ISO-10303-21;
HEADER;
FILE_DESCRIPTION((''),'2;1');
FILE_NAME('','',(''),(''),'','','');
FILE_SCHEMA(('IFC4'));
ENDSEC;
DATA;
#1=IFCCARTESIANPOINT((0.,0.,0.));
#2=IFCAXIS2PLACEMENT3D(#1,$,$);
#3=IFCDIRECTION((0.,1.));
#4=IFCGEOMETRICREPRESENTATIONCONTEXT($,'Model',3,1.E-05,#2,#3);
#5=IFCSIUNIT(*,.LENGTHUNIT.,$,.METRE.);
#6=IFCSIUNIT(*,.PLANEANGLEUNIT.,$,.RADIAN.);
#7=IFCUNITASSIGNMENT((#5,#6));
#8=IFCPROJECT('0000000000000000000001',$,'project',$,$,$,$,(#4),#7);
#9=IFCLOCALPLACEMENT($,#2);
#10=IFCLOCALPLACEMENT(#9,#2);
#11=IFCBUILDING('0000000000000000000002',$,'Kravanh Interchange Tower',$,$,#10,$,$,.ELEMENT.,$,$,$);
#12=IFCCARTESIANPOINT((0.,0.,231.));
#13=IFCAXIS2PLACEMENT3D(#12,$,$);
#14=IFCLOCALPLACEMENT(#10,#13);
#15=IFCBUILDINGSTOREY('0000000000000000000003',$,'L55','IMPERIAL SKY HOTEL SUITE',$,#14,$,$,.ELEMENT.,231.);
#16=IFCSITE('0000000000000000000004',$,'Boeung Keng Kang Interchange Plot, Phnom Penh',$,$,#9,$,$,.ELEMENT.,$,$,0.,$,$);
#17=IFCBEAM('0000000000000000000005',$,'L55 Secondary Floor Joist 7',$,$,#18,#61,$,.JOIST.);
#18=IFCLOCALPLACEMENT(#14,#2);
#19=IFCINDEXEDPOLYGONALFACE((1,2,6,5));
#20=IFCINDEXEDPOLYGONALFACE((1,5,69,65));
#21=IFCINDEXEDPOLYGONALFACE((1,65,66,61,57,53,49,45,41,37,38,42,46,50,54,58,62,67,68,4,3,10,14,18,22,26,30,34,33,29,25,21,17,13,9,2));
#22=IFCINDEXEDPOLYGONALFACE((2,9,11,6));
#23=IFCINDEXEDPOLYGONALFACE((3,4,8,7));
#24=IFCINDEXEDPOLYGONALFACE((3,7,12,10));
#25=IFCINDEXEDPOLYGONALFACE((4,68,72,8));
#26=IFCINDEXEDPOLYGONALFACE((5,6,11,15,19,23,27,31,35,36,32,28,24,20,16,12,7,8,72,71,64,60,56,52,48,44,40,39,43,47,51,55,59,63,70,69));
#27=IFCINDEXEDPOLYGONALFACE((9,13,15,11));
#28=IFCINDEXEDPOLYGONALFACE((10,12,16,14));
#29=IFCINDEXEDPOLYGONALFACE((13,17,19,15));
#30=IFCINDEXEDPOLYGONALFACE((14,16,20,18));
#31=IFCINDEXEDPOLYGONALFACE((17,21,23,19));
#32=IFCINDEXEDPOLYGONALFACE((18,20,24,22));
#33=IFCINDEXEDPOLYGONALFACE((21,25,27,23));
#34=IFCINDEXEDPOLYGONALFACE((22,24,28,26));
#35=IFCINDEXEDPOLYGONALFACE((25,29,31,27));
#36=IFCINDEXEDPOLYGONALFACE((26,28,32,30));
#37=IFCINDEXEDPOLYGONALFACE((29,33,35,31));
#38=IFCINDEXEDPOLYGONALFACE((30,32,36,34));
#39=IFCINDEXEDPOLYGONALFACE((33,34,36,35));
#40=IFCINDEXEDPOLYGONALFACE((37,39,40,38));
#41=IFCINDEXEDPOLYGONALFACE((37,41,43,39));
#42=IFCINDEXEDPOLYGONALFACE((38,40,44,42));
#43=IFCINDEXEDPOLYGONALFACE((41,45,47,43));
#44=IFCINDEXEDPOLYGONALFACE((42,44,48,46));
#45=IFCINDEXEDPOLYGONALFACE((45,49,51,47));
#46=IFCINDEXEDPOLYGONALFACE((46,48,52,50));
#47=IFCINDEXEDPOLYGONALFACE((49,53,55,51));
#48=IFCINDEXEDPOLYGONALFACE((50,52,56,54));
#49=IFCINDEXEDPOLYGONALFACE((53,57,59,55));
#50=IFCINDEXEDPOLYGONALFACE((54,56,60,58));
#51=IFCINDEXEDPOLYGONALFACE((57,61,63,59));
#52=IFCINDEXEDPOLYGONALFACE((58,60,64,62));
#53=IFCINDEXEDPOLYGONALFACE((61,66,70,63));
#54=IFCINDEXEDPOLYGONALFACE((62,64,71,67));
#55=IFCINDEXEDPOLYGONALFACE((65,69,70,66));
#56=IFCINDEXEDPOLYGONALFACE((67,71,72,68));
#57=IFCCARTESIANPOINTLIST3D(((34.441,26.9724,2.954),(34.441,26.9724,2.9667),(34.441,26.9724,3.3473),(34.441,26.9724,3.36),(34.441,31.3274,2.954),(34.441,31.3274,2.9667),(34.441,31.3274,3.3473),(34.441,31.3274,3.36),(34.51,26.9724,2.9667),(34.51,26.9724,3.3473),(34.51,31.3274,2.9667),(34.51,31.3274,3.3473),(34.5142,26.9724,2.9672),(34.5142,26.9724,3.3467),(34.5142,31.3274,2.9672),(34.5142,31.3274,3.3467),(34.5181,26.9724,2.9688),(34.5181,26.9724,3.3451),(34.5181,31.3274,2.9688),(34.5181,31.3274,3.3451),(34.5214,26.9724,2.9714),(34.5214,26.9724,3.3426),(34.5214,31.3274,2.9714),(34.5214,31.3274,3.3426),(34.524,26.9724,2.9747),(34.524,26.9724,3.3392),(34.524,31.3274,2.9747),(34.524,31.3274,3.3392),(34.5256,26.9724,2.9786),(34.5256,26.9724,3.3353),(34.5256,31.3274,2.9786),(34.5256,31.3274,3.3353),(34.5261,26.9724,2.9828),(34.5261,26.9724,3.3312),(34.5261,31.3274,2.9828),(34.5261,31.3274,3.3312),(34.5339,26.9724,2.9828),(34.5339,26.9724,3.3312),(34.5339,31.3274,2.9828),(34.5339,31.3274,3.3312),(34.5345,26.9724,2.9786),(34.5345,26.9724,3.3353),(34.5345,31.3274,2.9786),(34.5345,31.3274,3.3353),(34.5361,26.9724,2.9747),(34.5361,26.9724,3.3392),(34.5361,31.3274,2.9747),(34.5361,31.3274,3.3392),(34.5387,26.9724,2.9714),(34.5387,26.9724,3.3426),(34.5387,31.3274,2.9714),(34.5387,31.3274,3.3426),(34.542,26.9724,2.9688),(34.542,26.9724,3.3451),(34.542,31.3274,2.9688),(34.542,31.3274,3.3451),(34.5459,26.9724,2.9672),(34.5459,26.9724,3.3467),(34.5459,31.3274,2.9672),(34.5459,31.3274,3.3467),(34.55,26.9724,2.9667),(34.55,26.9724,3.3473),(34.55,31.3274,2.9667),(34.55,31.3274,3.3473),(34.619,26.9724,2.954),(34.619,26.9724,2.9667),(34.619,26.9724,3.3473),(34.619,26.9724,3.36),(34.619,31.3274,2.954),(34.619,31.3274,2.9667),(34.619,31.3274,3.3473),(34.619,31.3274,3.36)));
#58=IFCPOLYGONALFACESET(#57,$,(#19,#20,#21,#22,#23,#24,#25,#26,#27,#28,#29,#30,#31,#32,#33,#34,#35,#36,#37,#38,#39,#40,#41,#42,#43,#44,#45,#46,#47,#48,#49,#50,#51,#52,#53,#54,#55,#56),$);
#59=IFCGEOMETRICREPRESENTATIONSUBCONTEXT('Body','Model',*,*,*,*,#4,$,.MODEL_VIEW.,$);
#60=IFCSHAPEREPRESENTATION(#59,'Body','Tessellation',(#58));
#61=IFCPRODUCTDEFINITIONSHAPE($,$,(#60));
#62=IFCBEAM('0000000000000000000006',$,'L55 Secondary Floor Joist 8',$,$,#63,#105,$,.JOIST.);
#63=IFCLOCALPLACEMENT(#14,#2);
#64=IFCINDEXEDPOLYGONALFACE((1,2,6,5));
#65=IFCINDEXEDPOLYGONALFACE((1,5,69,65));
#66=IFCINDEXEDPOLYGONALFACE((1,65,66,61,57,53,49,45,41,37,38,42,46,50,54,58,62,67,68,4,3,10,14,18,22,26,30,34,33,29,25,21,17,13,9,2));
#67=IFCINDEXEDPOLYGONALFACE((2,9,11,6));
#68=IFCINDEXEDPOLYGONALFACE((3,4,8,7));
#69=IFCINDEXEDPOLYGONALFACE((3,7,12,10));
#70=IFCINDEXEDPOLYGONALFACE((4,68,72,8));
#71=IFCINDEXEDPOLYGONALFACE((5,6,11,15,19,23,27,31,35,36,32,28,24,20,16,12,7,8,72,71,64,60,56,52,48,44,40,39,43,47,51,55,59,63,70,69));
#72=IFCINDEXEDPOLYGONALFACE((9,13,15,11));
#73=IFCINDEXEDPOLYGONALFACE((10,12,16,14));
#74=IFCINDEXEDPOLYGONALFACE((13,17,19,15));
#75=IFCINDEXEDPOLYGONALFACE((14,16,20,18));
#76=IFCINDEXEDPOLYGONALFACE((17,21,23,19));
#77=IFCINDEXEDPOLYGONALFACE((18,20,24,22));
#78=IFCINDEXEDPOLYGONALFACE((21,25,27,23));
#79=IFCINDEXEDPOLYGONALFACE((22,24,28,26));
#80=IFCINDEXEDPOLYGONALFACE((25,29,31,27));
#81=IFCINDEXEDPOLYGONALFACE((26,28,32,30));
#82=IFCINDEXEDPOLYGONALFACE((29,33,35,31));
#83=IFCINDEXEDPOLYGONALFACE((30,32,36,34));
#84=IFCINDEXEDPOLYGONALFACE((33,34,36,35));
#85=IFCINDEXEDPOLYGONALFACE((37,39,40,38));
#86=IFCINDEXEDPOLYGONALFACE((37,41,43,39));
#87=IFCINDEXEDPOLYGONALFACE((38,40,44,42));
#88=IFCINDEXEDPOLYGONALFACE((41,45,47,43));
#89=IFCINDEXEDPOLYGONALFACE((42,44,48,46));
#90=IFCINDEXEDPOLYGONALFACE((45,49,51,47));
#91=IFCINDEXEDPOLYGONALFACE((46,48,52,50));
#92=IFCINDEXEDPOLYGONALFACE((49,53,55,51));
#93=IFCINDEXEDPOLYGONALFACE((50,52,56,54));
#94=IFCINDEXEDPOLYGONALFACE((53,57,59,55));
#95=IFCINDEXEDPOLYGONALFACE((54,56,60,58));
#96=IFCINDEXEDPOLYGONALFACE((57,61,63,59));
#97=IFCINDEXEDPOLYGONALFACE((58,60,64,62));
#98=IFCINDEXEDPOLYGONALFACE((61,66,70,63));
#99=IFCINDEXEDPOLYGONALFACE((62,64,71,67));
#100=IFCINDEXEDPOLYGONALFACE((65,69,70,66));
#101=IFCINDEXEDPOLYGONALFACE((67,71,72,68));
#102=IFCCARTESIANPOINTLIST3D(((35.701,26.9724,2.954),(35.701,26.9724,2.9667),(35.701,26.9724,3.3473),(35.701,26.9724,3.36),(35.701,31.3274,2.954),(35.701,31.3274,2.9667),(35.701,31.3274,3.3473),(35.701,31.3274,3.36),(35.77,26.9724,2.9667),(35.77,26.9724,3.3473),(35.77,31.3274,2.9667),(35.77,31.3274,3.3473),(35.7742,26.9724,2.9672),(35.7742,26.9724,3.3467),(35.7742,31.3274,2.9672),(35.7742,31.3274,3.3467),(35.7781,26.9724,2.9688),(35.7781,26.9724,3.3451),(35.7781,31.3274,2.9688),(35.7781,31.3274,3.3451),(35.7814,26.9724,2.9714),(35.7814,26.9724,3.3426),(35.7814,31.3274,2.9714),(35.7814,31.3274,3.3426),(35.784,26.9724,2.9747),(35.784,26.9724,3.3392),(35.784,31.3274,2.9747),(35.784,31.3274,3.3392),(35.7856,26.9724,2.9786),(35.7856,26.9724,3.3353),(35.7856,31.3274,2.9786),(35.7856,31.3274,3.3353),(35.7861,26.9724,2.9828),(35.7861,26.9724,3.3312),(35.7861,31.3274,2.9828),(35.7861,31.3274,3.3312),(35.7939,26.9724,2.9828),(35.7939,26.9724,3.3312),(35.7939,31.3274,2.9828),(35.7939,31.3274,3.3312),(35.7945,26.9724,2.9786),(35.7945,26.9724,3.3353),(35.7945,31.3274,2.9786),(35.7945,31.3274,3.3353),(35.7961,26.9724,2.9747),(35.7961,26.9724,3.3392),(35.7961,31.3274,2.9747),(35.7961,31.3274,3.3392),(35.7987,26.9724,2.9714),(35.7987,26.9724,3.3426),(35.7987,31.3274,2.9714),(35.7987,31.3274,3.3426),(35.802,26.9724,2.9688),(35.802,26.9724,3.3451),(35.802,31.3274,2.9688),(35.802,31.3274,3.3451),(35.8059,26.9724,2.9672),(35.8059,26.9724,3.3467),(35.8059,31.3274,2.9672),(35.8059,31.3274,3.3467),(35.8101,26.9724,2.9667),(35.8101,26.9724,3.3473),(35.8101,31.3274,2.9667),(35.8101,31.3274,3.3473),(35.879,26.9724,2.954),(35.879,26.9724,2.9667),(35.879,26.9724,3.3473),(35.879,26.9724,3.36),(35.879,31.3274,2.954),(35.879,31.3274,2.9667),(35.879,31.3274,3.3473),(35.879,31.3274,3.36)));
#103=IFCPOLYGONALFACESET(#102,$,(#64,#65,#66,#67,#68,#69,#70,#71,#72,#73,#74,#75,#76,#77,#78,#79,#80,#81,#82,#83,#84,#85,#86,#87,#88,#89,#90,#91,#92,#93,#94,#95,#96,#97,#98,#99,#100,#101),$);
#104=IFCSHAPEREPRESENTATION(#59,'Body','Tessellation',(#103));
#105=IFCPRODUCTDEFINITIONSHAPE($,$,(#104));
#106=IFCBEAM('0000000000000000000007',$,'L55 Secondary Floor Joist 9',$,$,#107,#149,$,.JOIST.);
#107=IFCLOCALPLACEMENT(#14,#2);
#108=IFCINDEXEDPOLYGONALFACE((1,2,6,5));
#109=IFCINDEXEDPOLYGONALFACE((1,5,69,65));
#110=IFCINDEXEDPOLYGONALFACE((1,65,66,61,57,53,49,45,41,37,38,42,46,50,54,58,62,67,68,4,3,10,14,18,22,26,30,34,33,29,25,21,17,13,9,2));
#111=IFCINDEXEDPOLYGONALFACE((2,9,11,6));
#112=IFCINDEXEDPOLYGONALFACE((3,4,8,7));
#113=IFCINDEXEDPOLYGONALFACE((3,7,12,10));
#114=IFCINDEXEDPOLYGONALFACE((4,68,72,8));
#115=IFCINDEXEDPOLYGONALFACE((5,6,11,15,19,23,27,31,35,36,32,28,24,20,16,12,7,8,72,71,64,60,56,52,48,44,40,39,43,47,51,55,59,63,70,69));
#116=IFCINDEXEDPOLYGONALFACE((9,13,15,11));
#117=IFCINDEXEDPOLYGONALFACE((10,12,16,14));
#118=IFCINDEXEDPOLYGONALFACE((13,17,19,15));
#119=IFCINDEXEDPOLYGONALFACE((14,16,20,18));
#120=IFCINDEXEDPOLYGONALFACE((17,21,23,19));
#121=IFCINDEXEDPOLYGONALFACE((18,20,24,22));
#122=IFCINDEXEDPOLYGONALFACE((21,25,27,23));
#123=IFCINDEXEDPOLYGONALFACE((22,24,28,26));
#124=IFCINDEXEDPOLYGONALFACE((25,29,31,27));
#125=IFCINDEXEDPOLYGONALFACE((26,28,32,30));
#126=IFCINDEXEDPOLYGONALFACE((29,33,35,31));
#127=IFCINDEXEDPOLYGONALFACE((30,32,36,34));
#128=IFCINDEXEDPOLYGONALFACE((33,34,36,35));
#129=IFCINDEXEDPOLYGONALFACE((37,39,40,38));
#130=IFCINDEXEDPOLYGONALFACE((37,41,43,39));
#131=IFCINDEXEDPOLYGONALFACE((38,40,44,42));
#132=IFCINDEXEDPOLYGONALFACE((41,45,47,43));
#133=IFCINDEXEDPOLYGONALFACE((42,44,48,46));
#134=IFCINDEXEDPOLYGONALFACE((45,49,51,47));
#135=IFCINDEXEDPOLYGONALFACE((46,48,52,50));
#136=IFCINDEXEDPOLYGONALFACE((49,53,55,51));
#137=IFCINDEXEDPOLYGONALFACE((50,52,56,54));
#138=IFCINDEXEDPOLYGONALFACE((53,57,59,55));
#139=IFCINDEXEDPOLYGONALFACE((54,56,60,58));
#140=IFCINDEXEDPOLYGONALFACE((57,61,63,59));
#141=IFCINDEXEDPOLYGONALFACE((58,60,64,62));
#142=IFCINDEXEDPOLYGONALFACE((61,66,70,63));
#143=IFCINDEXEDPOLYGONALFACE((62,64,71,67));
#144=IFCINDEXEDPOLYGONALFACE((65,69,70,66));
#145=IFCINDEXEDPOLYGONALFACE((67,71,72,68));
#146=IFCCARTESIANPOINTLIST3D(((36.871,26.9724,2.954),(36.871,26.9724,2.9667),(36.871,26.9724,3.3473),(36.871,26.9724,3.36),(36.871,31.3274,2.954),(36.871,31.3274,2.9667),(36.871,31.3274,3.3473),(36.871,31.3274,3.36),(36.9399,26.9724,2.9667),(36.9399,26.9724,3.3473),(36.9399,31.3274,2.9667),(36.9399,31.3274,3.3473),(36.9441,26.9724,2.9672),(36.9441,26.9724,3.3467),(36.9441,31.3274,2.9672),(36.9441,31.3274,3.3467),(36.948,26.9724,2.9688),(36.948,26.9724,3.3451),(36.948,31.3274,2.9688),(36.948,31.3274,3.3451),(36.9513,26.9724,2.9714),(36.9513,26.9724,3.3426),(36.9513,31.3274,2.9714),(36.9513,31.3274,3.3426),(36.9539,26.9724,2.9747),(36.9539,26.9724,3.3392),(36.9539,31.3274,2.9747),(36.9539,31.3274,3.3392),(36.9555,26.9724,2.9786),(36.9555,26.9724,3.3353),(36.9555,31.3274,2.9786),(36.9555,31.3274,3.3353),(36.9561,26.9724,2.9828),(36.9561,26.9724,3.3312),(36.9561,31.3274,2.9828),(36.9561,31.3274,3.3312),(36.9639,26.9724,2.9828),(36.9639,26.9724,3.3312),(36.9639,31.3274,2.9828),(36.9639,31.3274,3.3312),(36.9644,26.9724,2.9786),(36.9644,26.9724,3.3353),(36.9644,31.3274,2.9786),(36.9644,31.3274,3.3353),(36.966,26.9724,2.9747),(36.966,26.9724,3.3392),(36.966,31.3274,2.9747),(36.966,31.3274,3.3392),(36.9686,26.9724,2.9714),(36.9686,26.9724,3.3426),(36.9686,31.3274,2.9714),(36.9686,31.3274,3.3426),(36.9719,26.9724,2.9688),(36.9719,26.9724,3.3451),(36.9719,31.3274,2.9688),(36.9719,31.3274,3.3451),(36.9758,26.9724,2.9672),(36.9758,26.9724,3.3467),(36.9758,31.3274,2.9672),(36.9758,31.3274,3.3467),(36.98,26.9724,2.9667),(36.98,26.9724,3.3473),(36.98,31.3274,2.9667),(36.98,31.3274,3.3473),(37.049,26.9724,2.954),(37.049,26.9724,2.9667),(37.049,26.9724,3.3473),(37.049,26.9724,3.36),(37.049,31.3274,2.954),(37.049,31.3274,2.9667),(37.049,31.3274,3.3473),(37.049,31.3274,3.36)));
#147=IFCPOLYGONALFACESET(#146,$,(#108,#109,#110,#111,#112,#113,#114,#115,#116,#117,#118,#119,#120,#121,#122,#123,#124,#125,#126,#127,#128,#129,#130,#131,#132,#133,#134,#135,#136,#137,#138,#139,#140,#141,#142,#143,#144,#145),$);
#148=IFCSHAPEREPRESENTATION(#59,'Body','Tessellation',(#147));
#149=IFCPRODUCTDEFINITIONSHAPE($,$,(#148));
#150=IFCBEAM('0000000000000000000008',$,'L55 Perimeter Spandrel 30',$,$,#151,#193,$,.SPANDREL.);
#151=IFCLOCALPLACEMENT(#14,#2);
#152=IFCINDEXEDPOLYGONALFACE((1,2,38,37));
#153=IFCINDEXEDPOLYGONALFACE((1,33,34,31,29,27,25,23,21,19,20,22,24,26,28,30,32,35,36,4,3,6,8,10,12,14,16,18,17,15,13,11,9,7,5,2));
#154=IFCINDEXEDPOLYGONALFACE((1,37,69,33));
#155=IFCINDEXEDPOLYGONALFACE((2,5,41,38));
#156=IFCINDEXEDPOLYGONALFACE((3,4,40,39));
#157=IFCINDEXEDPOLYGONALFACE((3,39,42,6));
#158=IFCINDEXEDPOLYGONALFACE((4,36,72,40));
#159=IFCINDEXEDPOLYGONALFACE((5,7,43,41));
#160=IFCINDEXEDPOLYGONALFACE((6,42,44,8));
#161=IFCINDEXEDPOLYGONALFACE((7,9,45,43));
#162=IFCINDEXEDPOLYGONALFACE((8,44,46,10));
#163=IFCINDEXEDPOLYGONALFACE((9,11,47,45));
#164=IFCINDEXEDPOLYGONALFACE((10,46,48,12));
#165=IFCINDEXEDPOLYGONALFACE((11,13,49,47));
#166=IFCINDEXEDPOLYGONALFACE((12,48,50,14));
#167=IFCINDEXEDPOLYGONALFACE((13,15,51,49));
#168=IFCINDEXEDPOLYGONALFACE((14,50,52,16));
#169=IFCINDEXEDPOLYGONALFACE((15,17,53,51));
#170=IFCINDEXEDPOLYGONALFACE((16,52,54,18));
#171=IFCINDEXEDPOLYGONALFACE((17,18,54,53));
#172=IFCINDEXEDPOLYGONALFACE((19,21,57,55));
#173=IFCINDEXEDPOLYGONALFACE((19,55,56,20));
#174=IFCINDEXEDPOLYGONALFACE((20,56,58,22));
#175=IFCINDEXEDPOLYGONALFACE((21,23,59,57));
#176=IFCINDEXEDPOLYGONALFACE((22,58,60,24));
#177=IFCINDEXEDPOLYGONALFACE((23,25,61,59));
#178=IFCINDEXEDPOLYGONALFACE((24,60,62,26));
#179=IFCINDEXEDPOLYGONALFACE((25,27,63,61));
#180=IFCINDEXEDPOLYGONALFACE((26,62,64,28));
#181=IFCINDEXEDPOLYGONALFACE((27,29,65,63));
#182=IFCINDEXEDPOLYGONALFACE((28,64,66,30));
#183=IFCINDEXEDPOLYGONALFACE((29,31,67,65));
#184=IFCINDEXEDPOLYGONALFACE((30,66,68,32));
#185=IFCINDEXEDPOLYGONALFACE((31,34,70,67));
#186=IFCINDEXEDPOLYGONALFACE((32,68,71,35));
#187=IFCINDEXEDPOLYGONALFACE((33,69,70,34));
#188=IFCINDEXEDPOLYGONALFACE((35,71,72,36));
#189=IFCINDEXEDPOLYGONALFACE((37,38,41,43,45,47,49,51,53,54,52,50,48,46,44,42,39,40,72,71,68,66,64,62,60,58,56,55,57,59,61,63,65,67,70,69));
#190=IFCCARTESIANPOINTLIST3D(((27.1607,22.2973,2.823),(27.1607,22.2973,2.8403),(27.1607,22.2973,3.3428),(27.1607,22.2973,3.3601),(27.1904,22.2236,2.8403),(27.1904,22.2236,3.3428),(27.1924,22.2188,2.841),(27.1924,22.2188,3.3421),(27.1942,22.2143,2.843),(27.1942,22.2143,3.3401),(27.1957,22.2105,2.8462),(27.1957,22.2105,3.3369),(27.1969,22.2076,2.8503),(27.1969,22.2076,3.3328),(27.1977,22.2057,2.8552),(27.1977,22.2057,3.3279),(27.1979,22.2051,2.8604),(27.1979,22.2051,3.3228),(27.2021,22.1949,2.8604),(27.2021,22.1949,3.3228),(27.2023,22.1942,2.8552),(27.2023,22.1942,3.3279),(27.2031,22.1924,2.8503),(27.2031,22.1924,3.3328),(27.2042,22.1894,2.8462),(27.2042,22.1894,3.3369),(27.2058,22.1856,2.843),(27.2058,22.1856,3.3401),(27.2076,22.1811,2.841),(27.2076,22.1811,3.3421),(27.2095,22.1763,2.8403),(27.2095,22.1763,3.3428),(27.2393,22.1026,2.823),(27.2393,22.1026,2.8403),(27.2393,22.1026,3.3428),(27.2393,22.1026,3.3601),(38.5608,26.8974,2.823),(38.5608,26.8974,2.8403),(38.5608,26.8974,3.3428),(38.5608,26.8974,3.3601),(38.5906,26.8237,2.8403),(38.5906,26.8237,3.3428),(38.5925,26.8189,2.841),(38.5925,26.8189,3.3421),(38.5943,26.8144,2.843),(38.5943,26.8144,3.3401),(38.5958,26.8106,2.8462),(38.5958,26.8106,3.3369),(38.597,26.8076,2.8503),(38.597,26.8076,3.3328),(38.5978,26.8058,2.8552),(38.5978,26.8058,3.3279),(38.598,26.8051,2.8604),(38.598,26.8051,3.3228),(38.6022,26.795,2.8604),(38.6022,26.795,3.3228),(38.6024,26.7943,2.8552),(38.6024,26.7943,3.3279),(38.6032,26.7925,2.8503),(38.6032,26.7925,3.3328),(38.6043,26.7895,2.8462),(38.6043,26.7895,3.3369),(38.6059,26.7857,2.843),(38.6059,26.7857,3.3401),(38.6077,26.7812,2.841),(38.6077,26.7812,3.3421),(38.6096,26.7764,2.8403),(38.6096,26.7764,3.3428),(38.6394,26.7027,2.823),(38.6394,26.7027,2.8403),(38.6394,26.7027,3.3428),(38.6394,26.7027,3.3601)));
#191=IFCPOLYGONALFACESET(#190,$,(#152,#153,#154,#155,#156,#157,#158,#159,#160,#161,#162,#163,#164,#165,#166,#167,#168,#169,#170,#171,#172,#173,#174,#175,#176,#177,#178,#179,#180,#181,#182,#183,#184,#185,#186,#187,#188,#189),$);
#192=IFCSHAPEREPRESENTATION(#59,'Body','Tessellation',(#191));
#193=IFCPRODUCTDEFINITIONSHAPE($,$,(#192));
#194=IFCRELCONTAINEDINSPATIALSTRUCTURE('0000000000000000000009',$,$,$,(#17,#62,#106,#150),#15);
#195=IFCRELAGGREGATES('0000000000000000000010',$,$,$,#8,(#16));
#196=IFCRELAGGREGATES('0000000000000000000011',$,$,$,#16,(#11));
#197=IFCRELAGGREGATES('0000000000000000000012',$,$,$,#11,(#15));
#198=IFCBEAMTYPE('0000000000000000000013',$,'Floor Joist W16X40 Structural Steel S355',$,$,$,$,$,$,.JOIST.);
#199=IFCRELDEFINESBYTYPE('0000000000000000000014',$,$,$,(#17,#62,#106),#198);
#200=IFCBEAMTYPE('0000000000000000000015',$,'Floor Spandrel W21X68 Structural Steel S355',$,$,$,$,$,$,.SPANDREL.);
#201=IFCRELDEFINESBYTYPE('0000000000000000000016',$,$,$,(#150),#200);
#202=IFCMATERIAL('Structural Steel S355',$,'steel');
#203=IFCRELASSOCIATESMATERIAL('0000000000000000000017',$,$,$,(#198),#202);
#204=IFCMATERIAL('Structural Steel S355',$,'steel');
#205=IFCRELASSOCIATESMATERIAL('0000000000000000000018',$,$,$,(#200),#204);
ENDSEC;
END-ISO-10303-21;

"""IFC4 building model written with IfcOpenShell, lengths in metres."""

from ifc_helpers import new_model, si_unit, direction, frame, origin, origin_2d, place, context, subcontext, project, spatial, i_section, extrude, material, material_profile, profile_set, type_object, element, save


model = new_model("IFC4")

# Units and contexts
model_context = context("Model", 3, precision=1e-05, world=origin(), true_north=direction((0.0, 1.0)))
body_context = subcontext(model_context, "Body", "Model", "MODEL_VIEW")
ifc_project = project(units=[si_unit("LENGTHUNIT", "METRE"), si_unit("PLANEANGLEUNIT", "RADIAN")], contexts=[model_context])

# Site, building, storey
site_placement = place(None, origin())
site = spatial("IfcSite", under=ifc_project, at=site_placement, Name="Boeung Keng Kang Interchange Plot, Phnom Penh", CompositionType="ELEMENT", RefElevation=0.0)
building_placement = place(site_placement, origin())
building = spatial("IfcBuilding", under=site, at=building_placement, Name="Kravanh Interchange Tower", CompositionType="ELEMENT")
storey_placement = place(building_placement, frame((0.0, 0.0, 231.0)))
storey = spatial("IfcBuildingStorey", under=building, at=storey_placement, Name="L55", Description="IMPERIAL SKY HOTEL SUITE", CompositionType="ELEMENT", Elevation=231.0)

# Beams
ifc_material_1 = material(Name="Structural Steel S355", Category="steel")
ifc_material_profile_1 = material_profile(ifc_material_1, i_section(OverallWidth=0.178, OverallDepth=0.406, WebThickness=0.0078, FlangeThickness=0.0127, FilletRadius=0.0161, at=origin_2d()), Name="W16X40")
ifc_profile_set_1 = profile_set([ifc_material_profile_1], Name="Structural Steel S355")
beam_type_1 = type_object("IfcBeamType", Name="Floor Joist W16X40 Structural Steel S355", PredefinedType="JOIST", material=ifc_profile_set_1)
for number, where, z_axis, x_axis, name in (
    (1, (34.53, 26.9724, 3.157), (0.0, 1.0, 0.0), (-1.0, 0.0, 0.0), "L55 Secondary Floor Joist 7"),
    (2, (35.79, 26.9724, 3.157), (0.0, 1.0, 0.0), (-1.0, 0.0, 0.0), "L55 Secondary Floor Joist 8"),
    (3, (36.96, 26.9724, 3.157), (0.0, 1.0, 0.0), (-1.0, 0.0, 0.0), "L55 Secondary Floor Joist 9"),
):
    element("IfcBeam", number, at=place(storey_placement, frame(where, z_axis=z_axis, x_axis=x_axis)), inside=storey, type_object=beam_type_1, Name=name, PredefinedType="JOIST", context=body_context, shape_type="SweptSolid", body=[
        extrude(i_section(OverallWidth=0.178, OverallDepth=0.406, WebThickness=0.0078, FlangeThickness=0.0127, FilletRadius=0.0161, at=origin_2d()), origin(), (0.0, 0.0, 1.0), 4.355),
    ])
ifc_material_2 = material(Name="Structural Steel S355", Category="steel")
ifc_material_profile_2 = material_profile(ifc_material_2, i_section(OverallWidth=0.21, OverallDepth=0.5371, WebThickness=0.011, FlangeThickness=0.0173, FilletRadius=0.02, at=origin_2d()), Name="W21X68")
ifc_profile_set_2 = profile_set([ifc_material_profile_2], Name="Structural Steel S355")
beam_type_2 = type_object("IfcBeamType", Name="Floor Spandrel W21X68 Structural Steel S355", PredefinedType="SPANDREL", material=ifc_profile_set_2)
beam_1_placement = place(storey_placement, frame((38.6001, 26.8, 3.0916), z_axis=(-0.927349, -0.374197, 0.0), x_axis=(0.374197, -0.927349, 0.0)))
element("IfcBeam", 4, at=beam_1_placement, inside=storey, type_object=beam_type_2, Name="L55 Perimeter Spandrel 30", PredefinedType="SPANDREL", context=body_context, shape_type="SweptSolid", body=[
    extrude(i_section(OverallWidth=0.21, OverallDepth=0.5371, WebThickness=0.011, FlangeThickness=0.0173, FilletRadius=0.02, at=origin_2d()), origin(), (0.0, 0.0, 1.0), 12.2932),
])

save(model, "model.ifc")
